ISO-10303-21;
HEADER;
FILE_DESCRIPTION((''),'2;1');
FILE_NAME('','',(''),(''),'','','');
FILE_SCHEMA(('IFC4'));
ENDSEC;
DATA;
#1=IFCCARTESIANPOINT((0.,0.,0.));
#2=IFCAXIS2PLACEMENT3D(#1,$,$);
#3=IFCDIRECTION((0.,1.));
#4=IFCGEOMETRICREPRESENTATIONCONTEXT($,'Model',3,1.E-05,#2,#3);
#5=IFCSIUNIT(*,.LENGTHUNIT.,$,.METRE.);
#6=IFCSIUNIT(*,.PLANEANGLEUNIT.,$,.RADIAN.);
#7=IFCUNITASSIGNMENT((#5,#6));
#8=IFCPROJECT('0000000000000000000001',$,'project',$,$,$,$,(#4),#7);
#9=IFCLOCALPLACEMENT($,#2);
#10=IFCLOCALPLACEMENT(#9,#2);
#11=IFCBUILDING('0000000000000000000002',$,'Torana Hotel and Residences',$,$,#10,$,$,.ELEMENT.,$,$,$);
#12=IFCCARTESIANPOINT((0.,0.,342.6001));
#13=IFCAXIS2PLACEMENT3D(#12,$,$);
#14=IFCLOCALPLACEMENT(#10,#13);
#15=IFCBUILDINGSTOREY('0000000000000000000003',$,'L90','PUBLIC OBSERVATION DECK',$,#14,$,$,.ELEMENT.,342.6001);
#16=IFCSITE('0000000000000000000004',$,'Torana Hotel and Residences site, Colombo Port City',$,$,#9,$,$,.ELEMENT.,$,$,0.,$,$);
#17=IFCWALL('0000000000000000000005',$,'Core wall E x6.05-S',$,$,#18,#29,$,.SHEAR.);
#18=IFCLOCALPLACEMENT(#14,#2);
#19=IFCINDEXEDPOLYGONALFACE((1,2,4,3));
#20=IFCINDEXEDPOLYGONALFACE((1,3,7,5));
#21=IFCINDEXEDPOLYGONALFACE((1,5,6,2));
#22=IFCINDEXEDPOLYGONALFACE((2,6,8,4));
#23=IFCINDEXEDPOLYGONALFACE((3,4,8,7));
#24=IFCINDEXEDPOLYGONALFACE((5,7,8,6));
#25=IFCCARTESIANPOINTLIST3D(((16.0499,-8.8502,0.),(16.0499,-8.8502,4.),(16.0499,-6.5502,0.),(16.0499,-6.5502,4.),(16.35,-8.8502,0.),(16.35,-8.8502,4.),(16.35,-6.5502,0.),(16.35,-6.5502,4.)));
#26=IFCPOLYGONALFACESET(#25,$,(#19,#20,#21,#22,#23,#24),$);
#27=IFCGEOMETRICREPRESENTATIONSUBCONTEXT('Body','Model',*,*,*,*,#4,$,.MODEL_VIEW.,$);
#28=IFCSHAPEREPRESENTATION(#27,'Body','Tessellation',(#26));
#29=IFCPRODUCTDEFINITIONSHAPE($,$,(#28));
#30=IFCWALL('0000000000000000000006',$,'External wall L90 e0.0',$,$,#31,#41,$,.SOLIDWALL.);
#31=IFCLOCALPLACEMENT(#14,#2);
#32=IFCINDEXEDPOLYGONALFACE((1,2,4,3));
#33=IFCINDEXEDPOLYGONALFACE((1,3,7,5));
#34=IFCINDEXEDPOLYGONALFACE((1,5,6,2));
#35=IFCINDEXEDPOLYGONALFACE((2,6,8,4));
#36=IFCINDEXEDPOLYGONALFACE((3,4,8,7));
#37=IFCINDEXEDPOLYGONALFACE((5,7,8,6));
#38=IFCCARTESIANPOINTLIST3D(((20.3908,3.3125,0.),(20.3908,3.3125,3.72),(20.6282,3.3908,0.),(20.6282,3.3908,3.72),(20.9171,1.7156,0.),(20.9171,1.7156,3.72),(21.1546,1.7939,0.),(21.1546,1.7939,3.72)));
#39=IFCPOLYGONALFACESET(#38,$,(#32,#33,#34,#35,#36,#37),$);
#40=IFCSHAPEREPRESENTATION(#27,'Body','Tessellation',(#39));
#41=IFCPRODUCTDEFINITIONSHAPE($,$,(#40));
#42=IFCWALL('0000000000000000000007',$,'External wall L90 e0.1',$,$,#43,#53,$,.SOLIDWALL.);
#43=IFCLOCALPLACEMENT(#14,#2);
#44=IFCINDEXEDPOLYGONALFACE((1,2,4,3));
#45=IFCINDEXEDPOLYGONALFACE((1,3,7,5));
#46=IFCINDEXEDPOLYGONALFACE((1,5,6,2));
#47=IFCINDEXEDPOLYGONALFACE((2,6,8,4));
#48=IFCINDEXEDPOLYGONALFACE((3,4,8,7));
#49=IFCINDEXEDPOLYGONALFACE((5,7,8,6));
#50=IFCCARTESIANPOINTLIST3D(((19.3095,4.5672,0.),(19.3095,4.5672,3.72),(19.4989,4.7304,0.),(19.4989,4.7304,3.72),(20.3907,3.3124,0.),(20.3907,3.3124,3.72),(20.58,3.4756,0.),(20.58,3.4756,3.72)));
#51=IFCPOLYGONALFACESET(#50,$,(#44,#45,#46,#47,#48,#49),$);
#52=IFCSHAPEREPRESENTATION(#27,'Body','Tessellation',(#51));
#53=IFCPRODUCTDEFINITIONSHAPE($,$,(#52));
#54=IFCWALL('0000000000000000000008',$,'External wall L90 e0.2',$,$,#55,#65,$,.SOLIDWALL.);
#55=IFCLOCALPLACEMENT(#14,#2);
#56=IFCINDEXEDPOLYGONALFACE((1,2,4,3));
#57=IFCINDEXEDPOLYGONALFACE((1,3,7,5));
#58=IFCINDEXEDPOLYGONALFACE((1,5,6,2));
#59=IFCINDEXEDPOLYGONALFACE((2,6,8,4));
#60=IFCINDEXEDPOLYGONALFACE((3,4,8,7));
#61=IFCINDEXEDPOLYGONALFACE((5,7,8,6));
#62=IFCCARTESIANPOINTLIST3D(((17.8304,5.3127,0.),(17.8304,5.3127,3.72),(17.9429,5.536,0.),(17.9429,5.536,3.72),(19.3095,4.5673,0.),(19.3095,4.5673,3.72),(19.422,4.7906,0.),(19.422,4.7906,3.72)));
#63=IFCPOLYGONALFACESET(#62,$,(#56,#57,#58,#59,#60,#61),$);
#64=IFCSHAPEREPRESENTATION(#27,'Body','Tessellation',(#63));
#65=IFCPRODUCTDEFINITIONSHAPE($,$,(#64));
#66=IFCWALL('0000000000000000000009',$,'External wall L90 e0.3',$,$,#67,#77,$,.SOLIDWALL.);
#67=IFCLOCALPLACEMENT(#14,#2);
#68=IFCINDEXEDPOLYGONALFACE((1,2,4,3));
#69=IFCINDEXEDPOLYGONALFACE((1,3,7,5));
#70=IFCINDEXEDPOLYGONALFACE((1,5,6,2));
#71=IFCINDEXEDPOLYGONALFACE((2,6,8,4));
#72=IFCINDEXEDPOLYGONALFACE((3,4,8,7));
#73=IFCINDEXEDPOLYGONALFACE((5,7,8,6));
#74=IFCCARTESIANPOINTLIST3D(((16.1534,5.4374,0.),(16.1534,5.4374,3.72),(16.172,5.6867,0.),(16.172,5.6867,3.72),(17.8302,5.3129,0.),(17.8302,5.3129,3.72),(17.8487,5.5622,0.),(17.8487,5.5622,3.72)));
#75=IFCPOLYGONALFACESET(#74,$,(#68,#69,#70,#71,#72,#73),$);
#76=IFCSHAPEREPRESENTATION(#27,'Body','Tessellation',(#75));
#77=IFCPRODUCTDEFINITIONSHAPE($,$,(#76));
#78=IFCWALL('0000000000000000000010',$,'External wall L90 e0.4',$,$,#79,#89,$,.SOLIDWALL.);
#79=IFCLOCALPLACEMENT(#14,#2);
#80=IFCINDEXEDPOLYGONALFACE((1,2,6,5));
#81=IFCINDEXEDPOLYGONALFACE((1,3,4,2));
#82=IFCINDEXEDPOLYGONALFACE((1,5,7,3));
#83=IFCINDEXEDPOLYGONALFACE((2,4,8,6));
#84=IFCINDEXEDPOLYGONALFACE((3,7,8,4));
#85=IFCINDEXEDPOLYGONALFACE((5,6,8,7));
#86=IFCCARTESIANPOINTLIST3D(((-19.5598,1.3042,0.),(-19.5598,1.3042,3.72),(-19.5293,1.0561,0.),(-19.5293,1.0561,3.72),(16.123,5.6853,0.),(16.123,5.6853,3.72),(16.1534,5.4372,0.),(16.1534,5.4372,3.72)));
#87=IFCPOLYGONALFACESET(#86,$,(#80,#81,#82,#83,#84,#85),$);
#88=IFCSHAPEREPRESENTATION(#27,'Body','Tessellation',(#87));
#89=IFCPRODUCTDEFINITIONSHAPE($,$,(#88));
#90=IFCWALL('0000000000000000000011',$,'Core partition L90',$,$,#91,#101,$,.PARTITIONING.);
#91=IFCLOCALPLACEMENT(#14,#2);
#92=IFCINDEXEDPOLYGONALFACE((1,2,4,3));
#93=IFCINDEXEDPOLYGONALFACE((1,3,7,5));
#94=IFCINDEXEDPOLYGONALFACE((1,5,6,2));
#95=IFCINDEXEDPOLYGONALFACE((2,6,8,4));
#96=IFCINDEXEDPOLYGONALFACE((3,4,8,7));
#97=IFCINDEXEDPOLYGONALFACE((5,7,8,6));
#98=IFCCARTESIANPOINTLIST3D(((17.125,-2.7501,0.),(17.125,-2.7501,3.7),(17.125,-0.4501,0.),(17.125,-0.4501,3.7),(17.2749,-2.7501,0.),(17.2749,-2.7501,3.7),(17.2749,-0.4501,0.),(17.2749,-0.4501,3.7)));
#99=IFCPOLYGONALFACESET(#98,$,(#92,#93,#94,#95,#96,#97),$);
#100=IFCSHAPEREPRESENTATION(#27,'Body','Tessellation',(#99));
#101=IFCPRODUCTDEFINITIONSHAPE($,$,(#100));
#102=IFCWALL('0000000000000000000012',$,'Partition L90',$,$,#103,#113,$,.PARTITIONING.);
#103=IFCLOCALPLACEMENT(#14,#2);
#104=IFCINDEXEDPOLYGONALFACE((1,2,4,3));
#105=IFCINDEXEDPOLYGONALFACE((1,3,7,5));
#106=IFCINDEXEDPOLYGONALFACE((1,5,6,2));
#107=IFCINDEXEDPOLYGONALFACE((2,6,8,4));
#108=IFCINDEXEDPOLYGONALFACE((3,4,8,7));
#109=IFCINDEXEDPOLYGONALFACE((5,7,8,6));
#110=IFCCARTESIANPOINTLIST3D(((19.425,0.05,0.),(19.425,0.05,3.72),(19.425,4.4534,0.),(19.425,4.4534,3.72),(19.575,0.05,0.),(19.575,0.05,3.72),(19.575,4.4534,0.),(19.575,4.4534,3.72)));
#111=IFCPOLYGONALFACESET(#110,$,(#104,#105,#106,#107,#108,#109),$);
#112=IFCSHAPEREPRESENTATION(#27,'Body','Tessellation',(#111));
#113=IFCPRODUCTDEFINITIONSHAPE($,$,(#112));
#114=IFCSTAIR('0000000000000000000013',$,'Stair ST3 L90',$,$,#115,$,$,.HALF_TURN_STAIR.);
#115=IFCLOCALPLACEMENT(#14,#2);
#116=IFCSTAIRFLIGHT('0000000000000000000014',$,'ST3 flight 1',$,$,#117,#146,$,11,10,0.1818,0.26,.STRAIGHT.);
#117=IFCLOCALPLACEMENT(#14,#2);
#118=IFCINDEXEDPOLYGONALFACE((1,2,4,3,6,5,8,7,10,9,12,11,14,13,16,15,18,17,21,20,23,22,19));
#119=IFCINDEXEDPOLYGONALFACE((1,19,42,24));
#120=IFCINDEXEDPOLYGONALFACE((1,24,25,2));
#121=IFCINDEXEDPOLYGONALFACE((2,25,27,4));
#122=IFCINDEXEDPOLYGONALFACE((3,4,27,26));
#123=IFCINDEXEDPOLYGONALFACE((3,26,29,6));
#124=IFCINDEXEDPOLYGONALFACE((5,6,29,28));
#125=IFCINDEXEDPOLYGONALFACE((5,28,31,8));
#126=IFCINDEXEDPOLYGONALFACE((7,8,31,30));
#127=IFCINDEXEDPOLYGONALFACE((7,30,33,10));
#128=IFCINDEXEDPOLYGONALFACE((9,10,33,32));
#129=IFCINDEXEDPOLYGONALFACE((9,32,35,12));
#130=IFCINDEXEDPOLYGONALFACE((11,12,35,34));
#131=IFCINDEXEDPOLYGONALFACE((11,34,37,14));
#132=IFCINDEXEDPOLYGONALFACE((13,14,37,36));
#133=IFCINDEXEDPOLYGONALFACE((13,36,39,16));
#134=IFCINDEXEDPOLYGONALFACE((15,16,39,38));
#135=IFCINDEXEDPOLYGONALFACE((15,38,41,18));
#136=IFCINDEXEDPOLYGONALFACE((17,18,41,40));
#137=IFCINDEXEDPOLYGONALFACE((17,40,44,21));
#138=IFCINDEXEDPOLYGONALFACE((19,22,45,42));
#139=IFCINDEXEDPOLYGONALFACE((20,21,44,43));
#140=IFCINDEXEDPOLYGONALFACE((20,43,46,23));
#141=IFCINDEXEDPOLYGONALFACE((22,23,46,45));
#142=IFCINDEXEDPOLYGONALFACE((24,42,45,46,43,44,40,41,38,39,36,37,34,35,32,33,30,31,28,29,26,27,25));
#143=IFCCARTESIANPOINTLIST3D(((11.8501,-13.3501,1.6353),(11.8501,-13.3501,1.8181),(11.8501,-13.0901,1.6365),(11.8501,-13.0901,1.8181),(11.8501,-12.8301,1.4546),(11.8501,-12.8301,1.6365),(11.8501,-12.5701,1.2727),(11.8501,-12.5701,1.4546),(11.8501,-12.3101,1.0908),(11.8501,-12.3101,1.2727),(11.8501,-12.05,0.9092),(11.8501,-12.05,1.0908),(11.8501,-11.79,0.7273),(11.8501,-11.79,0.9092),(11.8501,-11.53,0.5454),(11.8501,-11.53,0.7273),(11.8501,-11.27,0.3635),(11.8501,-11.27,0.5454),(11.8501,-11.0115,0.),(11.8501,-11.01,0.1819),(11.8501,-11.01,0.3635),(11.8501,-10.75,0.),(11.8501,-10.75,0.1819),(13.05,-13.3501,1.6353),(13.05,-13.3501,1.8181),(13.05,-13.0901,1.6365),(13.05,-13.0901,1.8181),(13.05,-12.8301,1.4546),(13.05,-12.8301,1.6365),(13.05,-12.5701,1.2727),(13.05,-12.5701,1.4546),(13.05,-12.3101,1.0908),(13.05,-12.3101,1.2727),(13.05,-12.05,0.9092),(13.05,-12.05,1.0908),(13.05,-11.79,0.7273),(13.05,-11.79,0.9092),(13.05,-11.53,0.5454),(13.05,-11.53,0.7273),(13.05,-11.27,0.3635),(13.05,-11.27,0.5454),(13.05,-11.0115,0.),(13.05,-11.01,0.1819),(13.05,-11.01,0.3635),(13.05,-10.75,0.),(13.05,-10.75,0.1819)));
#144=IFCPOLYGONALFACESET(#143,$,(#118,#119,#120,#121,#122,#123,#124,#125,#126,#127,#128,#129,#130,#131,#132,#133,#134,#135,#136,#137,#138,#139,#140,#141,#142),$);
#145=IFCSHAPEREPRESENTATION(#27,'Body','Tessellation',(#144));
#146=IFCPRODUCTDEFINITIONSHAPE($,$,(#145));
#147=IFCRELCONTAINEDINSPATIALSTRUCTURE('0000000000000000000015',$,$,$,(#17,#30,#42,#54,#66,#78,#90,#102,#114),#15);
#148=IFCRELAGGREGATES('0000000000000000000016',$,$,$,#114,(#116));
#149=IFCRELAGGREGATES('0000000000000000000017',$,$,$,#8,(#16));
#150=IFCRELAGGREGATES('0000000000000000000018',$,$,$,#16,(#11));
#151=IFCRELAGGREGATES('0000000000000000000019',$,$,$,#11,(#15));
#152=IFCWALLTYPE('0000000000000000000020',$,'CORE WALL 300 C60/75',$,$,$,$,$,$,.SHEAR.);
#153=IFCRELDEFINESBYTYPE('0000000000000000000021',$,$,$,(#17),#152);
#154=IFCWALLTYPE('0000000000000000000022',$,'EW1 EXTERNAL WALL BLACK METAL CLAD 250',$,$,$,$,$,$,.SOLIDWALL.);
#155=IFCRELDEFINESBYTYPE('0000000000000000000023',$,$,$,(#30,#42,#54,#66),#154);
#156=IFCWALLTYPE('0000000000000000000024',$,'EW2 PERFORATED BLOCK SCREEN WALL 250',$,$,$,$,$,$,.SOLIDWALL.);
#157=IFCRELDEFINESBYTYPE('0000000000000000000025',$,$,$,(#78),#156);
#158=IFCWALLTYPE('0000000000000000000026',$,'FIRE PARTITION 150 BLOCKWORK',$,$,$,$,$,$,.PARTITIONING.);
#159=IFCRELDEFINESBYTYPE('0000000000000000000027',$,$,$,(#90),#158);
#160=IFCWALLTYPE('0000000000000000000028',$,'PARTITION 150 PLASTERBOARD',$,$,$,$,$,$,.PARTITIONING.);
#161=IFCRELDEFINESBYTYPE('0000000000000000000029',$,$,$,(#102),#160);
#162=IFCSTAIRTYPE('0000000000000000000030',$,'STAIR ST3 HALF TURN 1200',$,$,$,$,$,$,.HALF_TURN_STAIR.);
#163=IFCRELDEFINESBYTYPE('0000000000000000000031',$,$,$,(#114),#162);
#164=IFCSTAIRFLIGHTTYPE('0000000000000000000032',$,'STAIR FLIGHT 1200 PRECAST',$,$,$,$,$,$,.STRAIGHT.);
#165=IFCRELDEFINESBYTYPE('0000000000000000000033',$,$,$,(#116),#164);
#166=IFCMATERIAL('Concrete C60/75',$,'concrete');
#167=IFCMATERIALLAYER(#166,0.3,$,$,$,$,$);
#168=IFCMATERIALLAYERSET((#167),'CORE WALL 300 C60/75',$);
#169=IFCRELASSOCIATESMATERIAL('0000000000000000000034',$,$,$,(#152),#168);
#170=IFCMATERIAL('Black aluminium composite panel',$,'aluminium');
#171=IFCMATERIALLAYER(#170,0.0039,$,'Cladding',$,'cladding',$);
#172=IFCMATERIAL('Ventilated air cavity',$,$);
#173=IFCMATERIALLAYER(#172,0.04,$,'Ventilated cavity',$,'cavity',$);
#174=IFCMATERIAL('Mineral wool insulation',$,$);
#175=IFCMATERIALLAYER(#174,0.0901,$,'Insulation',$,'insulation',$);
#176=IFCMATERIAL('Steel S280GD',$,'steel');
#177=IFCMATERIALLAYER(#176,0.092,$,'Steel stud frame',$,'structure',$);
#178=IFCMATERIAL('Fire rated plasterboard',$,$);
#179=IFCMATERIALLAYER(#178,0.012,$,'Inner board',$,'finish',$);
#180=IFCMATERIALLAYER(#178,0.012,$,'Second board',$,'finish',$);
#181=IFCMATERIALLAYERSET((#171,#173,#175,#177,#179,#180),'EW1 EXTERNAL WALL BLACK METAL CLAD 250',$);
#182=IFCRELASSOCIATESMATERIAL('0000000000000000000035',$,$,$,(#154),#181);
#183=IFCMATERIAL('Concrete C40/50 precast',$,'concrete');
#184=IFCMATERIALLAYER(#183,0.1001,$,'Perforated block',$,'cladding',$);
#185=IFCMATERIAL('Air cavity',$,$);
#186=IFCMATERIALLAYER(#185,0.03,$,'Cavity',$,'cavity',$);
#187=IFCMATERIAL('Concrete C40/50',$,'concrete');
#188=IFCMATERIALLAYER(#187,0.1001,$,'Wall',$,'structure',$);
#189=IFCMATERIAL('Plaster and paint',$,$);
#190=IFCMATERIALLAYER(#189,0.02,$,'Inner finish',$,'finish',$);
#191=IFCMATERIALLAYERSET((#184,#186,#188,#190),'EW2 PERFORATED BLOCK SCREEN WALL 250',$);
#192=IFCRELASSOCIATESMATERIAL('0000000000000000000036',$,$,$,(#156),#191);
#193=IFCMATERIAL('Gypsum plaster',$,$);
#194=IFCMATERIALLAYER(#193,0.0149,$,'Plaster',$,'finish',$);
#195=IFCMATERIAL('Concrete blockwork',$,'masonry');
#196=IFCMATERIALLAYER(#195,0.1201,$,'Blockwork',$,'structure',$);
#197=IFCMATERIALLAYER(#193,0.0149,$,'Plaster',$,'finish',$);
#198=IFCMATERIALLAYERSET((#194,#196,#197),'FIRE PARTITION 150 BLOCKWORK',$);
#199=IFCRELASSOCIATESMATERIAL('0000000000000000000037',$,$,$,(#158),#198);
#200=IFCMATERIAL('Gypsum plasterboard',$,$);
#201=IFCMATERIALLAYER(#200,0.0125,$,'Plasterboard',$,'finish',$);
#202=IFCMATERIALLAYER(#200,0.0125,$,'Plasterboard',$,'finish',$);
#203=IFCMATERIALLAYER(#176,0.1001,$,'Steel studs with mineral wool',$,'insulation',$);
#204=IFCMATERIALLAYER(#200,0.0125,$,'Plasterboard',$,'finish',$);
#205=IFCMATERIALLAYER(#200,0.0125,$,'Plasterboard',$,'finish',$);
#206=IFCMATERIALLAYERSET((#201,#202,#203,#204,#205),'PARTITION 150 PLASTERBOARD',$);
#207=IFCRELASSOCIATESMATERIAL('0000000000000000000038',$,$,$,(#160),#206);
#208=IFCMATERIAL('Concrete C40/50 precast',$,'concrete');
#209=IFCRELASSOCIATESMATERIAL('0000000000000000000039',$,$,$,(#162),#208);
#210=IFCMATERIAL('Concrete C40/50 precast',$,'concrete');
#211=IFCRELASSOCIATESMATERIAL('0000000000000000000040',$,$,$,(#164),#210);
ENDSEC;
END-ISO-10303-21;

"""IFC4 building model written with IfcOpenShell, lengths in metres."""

from ifc_helpers import new_model, si_unit, direction, frame, frame_2d, origin, place, context, subcontext, project, spatial, polyline, rectangle, outline, extrude, material, layer, layer_set, type_object, element, aggregate, save


model = new_model("IFC4")

# Units and contexts
model_context = context("Model", 3, precision=1e-05, world=origin(), true_north=direction((0.0, 1.0)))
body_context = subcontext(model_context, "Body", "Model", "MODEL_VIEW")
ifc_project = project(units=[si_unit("LENGTHUNIT", "METRE"), si_unit("PLANEANGLEUNIT", "RADIAN")], contexts=[model_context])

# Site, building, storey
site_placement = place(None, origin())
site = spatial("IfcSite", under=ifc_project, at=site_placement, Name="Torana Hotel and Residences site, Colombo Port City", CompositionType="ELEMENT", RefElevation=0.0)
building_placement = place(site_placement, origin())
building = spatial("IfcBuilding", under=site, at=building_placement, Name="Torana Hotel and Residences", CompositionType="ELEMENT")
storey_placement = place(building_placement, frame((0.0, 0.0, 342.6001)))
storey = spatial("IfcBuildingStorey", under=building, at=storey_placement, Name="L90", Description="PUBLIC OBSERVATION DECK", CompositionType="ELEMENT", Elevation=342.6001)

# Shared definitions
ifc_material_1 = material(Name="Concrete C60/75", Category="concrete")
ifc_layer_1 = layer(ifc_material_1, 0.3)
ifc_layer_set_1 = layer_set([ifc_layer_1], Name="CORE WALL 300 C60/75")
wall_type_1 = type_object("IfcWallType", Name="CORE WALL 300 C60/75", PredefinedType="SHEAR", material=ifc_layer_set_1)

# Walls
for number, where, z_axis, x_axis, name in (
    (1, (16.2, -8.8501, 0.0), (0.0, 0.0, 1.0), (0.0, 1.0, 0.0), "Core wall E x6.05-S"),
):
    element("IfcWall", number, at=place(storey_placement, frame(where, z_axis=z_axis, x_axis=x_axis)), inside=storey, type_object=wall_type_1, Name=name, PredefinedType="SHEAR", context=body_context, shape_type="SweptSolid", body=[
        extrude(rectangle(XDim=2.3, YDim=0.3, at=frame_2d((1.1499, 0.0))), origin(), (0.0, 0.0, 1.0), 4.0),
    ])
ifc_material_2 = material(Name="Black aluminium composite panel", Category="aluminium")
ifc_layer_2 = layer(ifc_material_2, 0.0039, Name="Cladding", Category="cladding")
ifc_material_3 = material(Name="Ventilated air cavity")
ifc_layer_3 = layer(ifc_material_3, 0.04, Name="Ventilated cavity", Category="cavity")
ifc_material_4 = material(Name="Mineral wool insulation")
ifc_layer_4 = layer(ifc_material_4, 0.0901, Name="Insulation", Category="insulation")
ifc_material_5 = material(Name="Steel S280GD", Category="steel")
ifc_layer_5 = layer(ifc_material_5, 0.092, Name="Steel stud frame", Category="structure")
ifc_material_6 = material(Name="Fire rated plasterboard")
ifc_layer_6 = layer(ifc_material_6, 0.012, Name="Inner board", Category="finish")
ifc_layer_7 = layer(ifc_material_6, 0.012, Name="Second board", Category="finish")
ifc_layer_set_2 = layer_set([ifc_layer_2, ifc_layer_3, ifc_layer_4, ifc_layer_5, ifc_layer_6, ifc_layer_7], Name="EW1 EXTERNAL WALL BLACK METAL CLAD 250")
wall_type_2 = type_object("IfcWallType", Name="EW1 EXTERNAL WALL BLACK METAL CLAD 250", PredefinedType="SOLIDWALL", material=ifc_layer_set_2)
wall_1_placement = place(storey_placement, frame((21.0359, 1.7546, 0.0), z_axis=(0.0, 0.0, 1.0), x_axis=(-0.313046, 0.949738, 0.0)))
element("IfcWall", 2, at=wall_1_placement, inside=storey, type_object=wall_type_2, Name="External wall L90 e0.0", PredefinedType="SOLIDWALL", context=body_context, shape_type="SweptSolid", body=[
    extrude(rectangle(XDim=1.6814, YDim=0.25, at=frame_2d((0.8408, 0.0))), origin(), (0.0, 0.0, 1.0), 3.72),
])
for number, where, z_axis, x_axis, name in (
    (3, (20.4854, 3.394, 0.0), (0.0, 0.0, 1.0), (-0.652756, 0.757568, 0.0), "External wall L90 e0.1"),
    (4, (19.3657, 4.679, 0.0), (0.0, 0.0, 1.0), (-0.893008, 0.450042, 0.0), "External wall L90 e0.2"),
):
    element("IfcWall", number, at=place(storey_placement, frame(where, z_axis=z_axis, x_axis=x_axis)), inside=storey, type_object=wall_type_2, Name=name, PredefinedType="SOLIDWALL", context=body_context, shape_type="SweptSolid", body=[
        extrude(rectangle(XDim=1.6562, YDim=0.25, at=frame_2d((0.8281, 0.0))), origin(), (0.0, 0.0, 1.0), 3.72),
    ])
wall_2_placement = place(storey_placement, frame((17.8396, 5.4375, 0.0), z_axis=(0.0, 0.0, 1.0), x_axis=(-0.997254, 0.074054, 0.0)))
element("IfcWall", 5, at=wall_2_placement, inside=storey, type_object=wall_type_2, Name="External wall L90 e0.3", PredefinedType="SOLIDWALL", context=body_context, shape_type="SweptSolid", body=[
    extrude(rectangle(XDim=1.6814, YDim=0.25, at=frame_2d((0.8408, 0.0))), origin(), (0.0, 0.0, 1.0), 3.72),
])
ifc_material_7 = material(Name="Concrete C40/50 precast", Category="concrete")
ifc_layer_8 = layer(ifc_material_7, 0.1001, Name="Perforated block", Category="cladding")
ifc_material_8 = material(Name="Air cavity")
ifc_layer_9 = layer(ifc_material_8, 0.03, Name="Cavity", Category="cavity")
ifc_material_9 = material(Name="Concrete C40/50", Category="concrete")
ifc_layer_10 = layer(ifc_material_9, 0.1001, Name="Wall", Category="structure")
ifc_material_10 = material(Name="Plaster and paint")
ifc_layer_11 = layer(ifc_material_10, 0.02, Name="Inner finish", Category="finish")
ifc_layer_set_3 = layer_set([ifc_layer_8, ifc_layer_9, ifc_layer_10, ifc_layer_11], Name="EW2 PERFORATED BLOCK SCREEN WALL 250")
wall_type_3 = type_object("IfcWallType", Name="EW2 PERFORATED BLOCK SCREEN WALL 250", PredefinedType="SOLIDWALL", material=ifc_layer_set_3)
wall_3_placement = place(storey_placement, frame((16.1382, 5.5613, 0.0), z_axis=(0.0, 0.0, 1.0), x_axis=(-0.992547, -0.121865, 0.0)))
element("IfcWall", 6, at=wall_3_placement, inside=storey, type_object=wall_type_3, Name="External wall L90 e0.4", PredefinedType="SOLIDWALL", context=body_context, shape_type="SweptSolid", body=[
    extrude(rectangle(XDim=35.9507, YDim=0.25, at=frame_2d((17.9753, 0.0))), origin(), (0.0, 0.0, 1.0), 3.72),
])
ifc_material_11 = material(Name="Gypsum plaster")
ifc_layer_12 = layer(ifc_material_11, 0.0149, Name="Plaster", Category="finish")
ifc_material_12 = material(Name="Concrete blockwork", Category="masonry")
ifc_layer_13 = layer(ifc_material_12, 0.1201, Name="Blockwork", Category="structure")
ifc_layer_14 = layer(ifc_material_11, 0.0149, Name="Plaster", Category="finish")
ifc_layer_set_4 = layer_set([ifc_layer_12, ifc_layer_13, ifc_layer_14], Name="FIRE PARTITION 150 BLOCKWORK")
wall_type_4 = type_object("IfcWallType", Name="FIRE PARTITION 150 BLOCKWORK", PredefinedType="PARTITIONING", material=ifc_layer_set_4)
wall_4_placement = place(storey_placement, frame((17.2, -2.75, 0.0), z_axis=(0.0, 0.0, 1.0), x_axis=(0.0, 1.0, 0.0)))
element("IfcWall", 7, at=wall_4_placement, inside=storey, type_object=wall_type_4, Name="Core partition L90", PredefinedType="PARTITIONING", context=body_context, shape_type="SweptSolid", body=[
    extrude(rectangle(XDim=2.3, YDim=0.1499, at=frame_2d((1.1499, 0.0))), origin(), (0.0, 0.0, 1.0), 3.7),
])
ifc_material_13 = material(Name="Gypsum plasterboard")
ifc_layer_15 = layer(ifc_material_13, 0.0125, Name="Plasterboard", Category="finish")
ifc_layer_16 = layer(ifc_material_13, 0.0125, Name="Plasterboard", Category="finish")
ifc_layer_17 = layer(ifc_material_5, 0.1001, Name="Steel studs with mineral wool", Category="insulation")
ifc_layer_18 = layer(ifc_material_13, 0.0125, Name="Plasterboard", Category="finish")
ifc_layer_19 = layer(ifc_material_13, 0.0125, Name="Plasterboard", Category="finish")
ifc_layer_set_5 = layer_set([ifc_layer_15, ifc_layer_16, ifc_layer_17, ifc_layer_18, ifc_layer_19], Name="PARTITION 150 PLASTERBOARD")
wall_type_5 = type_object("IfcWallType", Name="PARTITION 150 PLASTERBOARD", PredefinedType="PARTITIONING", material=ifc_layer_set_5)
wall_5_placement = place(storey_placement, frame((19.5, 0.05, 0.0), z_axis=(0.0, 0.0, 1.0), x_axis=(0.0, 1.0, 0.0)))
element("IfcWall", 8, at=wall_5_placement, inside=storey, type_object=wall_type_5, Name="Partition L90", PredefinedType="PARTITIONING", context=body_context, shape_type="SweptSolid", body=[
    extrude(rectangle(XDim=4.4033, YDim=0.1499, at=frame_2d((2.2017, 0.0))), origin(), (0.0, 0.0, 1.0), 3.72),
])

# Stair, stair flight
ifc_material_14 = material(Name="Concrete C40/50 precast", Category="concrete")
stair_type = type_object("IfcStairType", Name="STAIR ST3 HALF TURN 1200", PredefinedType="HALF_TURN_STAIR", material=ifc_material_14)
stair_placement = place(storey_placement, origin())
stair = element("IfcStair", 9, at=stair_placement, inside=storey, type_object=stair_type, Name="Stair ST3 L90", PredefinedType="HALF_TURN_STAIR")
ifc_material_15 = material(Name="Concrete C40/50 precast", Category="concrete")
stair_flight_type = type_object("IfcStairFlightType", Name="STAIR FLIGHT 1200 PRECAST", PredefinedType="STRAIGHT", material=ifc_material_15)
stair_flight_1_placement = place(storey_placement, frame((12.45, -10.75, 0.0), z_axis=(0.0, 0.0, 1.0), x_axis=(0.0, -1.0, 0.0)))
stair_flight_1 = element("IfcStairFlight", 10, at=stair_flight_1_placement, type_object=stair_flight_type, Name="ST3 flight 1", NumberOfRisers=11, NumberOfTreads=10, PredefinedType="STRAIGHT", RiserHeight=0.1818, TreadLength=0.26, context=body_context, shape_type="SweptSolid", body=[
    extrude(outline(polyline([(0.0, 0.0), (0.0, 0.1819), (0.26, 0.1819), (0.26, 0.3635), (0.52, 0.3635), (0.52, 0.5454), (0.78, 0.5454), (0.78, 0.7273), (1.04, 0.7273), (1.04, 0.9092), (1.3, 0.9092), (1.3, 1.0908), (1.5601, 1.0908), (1.5601, 1.2727), (1.8201, 1.2727), (1.8201, 1.4546), (2.0801, 1.4546), (2.0801, 1.6365), (2.3401, 1.6365), (2.3401, 1.8181), (2.6001, 1.8181), (2.6001, 2.0), (2.6001, 1.6353), (0.2615, 0.0), (0.0, 0.0)])), frame((0.0, 0.6001, 0.0), z_axis=(0.0, -1.0, 0.0), x_axis=(1.0, 0.0, 0.0)), (0.0, 0.0, 1.0), 1.2),
])
aggregate(stair, [stair_flight_1])

save(model, "model.ifc")
